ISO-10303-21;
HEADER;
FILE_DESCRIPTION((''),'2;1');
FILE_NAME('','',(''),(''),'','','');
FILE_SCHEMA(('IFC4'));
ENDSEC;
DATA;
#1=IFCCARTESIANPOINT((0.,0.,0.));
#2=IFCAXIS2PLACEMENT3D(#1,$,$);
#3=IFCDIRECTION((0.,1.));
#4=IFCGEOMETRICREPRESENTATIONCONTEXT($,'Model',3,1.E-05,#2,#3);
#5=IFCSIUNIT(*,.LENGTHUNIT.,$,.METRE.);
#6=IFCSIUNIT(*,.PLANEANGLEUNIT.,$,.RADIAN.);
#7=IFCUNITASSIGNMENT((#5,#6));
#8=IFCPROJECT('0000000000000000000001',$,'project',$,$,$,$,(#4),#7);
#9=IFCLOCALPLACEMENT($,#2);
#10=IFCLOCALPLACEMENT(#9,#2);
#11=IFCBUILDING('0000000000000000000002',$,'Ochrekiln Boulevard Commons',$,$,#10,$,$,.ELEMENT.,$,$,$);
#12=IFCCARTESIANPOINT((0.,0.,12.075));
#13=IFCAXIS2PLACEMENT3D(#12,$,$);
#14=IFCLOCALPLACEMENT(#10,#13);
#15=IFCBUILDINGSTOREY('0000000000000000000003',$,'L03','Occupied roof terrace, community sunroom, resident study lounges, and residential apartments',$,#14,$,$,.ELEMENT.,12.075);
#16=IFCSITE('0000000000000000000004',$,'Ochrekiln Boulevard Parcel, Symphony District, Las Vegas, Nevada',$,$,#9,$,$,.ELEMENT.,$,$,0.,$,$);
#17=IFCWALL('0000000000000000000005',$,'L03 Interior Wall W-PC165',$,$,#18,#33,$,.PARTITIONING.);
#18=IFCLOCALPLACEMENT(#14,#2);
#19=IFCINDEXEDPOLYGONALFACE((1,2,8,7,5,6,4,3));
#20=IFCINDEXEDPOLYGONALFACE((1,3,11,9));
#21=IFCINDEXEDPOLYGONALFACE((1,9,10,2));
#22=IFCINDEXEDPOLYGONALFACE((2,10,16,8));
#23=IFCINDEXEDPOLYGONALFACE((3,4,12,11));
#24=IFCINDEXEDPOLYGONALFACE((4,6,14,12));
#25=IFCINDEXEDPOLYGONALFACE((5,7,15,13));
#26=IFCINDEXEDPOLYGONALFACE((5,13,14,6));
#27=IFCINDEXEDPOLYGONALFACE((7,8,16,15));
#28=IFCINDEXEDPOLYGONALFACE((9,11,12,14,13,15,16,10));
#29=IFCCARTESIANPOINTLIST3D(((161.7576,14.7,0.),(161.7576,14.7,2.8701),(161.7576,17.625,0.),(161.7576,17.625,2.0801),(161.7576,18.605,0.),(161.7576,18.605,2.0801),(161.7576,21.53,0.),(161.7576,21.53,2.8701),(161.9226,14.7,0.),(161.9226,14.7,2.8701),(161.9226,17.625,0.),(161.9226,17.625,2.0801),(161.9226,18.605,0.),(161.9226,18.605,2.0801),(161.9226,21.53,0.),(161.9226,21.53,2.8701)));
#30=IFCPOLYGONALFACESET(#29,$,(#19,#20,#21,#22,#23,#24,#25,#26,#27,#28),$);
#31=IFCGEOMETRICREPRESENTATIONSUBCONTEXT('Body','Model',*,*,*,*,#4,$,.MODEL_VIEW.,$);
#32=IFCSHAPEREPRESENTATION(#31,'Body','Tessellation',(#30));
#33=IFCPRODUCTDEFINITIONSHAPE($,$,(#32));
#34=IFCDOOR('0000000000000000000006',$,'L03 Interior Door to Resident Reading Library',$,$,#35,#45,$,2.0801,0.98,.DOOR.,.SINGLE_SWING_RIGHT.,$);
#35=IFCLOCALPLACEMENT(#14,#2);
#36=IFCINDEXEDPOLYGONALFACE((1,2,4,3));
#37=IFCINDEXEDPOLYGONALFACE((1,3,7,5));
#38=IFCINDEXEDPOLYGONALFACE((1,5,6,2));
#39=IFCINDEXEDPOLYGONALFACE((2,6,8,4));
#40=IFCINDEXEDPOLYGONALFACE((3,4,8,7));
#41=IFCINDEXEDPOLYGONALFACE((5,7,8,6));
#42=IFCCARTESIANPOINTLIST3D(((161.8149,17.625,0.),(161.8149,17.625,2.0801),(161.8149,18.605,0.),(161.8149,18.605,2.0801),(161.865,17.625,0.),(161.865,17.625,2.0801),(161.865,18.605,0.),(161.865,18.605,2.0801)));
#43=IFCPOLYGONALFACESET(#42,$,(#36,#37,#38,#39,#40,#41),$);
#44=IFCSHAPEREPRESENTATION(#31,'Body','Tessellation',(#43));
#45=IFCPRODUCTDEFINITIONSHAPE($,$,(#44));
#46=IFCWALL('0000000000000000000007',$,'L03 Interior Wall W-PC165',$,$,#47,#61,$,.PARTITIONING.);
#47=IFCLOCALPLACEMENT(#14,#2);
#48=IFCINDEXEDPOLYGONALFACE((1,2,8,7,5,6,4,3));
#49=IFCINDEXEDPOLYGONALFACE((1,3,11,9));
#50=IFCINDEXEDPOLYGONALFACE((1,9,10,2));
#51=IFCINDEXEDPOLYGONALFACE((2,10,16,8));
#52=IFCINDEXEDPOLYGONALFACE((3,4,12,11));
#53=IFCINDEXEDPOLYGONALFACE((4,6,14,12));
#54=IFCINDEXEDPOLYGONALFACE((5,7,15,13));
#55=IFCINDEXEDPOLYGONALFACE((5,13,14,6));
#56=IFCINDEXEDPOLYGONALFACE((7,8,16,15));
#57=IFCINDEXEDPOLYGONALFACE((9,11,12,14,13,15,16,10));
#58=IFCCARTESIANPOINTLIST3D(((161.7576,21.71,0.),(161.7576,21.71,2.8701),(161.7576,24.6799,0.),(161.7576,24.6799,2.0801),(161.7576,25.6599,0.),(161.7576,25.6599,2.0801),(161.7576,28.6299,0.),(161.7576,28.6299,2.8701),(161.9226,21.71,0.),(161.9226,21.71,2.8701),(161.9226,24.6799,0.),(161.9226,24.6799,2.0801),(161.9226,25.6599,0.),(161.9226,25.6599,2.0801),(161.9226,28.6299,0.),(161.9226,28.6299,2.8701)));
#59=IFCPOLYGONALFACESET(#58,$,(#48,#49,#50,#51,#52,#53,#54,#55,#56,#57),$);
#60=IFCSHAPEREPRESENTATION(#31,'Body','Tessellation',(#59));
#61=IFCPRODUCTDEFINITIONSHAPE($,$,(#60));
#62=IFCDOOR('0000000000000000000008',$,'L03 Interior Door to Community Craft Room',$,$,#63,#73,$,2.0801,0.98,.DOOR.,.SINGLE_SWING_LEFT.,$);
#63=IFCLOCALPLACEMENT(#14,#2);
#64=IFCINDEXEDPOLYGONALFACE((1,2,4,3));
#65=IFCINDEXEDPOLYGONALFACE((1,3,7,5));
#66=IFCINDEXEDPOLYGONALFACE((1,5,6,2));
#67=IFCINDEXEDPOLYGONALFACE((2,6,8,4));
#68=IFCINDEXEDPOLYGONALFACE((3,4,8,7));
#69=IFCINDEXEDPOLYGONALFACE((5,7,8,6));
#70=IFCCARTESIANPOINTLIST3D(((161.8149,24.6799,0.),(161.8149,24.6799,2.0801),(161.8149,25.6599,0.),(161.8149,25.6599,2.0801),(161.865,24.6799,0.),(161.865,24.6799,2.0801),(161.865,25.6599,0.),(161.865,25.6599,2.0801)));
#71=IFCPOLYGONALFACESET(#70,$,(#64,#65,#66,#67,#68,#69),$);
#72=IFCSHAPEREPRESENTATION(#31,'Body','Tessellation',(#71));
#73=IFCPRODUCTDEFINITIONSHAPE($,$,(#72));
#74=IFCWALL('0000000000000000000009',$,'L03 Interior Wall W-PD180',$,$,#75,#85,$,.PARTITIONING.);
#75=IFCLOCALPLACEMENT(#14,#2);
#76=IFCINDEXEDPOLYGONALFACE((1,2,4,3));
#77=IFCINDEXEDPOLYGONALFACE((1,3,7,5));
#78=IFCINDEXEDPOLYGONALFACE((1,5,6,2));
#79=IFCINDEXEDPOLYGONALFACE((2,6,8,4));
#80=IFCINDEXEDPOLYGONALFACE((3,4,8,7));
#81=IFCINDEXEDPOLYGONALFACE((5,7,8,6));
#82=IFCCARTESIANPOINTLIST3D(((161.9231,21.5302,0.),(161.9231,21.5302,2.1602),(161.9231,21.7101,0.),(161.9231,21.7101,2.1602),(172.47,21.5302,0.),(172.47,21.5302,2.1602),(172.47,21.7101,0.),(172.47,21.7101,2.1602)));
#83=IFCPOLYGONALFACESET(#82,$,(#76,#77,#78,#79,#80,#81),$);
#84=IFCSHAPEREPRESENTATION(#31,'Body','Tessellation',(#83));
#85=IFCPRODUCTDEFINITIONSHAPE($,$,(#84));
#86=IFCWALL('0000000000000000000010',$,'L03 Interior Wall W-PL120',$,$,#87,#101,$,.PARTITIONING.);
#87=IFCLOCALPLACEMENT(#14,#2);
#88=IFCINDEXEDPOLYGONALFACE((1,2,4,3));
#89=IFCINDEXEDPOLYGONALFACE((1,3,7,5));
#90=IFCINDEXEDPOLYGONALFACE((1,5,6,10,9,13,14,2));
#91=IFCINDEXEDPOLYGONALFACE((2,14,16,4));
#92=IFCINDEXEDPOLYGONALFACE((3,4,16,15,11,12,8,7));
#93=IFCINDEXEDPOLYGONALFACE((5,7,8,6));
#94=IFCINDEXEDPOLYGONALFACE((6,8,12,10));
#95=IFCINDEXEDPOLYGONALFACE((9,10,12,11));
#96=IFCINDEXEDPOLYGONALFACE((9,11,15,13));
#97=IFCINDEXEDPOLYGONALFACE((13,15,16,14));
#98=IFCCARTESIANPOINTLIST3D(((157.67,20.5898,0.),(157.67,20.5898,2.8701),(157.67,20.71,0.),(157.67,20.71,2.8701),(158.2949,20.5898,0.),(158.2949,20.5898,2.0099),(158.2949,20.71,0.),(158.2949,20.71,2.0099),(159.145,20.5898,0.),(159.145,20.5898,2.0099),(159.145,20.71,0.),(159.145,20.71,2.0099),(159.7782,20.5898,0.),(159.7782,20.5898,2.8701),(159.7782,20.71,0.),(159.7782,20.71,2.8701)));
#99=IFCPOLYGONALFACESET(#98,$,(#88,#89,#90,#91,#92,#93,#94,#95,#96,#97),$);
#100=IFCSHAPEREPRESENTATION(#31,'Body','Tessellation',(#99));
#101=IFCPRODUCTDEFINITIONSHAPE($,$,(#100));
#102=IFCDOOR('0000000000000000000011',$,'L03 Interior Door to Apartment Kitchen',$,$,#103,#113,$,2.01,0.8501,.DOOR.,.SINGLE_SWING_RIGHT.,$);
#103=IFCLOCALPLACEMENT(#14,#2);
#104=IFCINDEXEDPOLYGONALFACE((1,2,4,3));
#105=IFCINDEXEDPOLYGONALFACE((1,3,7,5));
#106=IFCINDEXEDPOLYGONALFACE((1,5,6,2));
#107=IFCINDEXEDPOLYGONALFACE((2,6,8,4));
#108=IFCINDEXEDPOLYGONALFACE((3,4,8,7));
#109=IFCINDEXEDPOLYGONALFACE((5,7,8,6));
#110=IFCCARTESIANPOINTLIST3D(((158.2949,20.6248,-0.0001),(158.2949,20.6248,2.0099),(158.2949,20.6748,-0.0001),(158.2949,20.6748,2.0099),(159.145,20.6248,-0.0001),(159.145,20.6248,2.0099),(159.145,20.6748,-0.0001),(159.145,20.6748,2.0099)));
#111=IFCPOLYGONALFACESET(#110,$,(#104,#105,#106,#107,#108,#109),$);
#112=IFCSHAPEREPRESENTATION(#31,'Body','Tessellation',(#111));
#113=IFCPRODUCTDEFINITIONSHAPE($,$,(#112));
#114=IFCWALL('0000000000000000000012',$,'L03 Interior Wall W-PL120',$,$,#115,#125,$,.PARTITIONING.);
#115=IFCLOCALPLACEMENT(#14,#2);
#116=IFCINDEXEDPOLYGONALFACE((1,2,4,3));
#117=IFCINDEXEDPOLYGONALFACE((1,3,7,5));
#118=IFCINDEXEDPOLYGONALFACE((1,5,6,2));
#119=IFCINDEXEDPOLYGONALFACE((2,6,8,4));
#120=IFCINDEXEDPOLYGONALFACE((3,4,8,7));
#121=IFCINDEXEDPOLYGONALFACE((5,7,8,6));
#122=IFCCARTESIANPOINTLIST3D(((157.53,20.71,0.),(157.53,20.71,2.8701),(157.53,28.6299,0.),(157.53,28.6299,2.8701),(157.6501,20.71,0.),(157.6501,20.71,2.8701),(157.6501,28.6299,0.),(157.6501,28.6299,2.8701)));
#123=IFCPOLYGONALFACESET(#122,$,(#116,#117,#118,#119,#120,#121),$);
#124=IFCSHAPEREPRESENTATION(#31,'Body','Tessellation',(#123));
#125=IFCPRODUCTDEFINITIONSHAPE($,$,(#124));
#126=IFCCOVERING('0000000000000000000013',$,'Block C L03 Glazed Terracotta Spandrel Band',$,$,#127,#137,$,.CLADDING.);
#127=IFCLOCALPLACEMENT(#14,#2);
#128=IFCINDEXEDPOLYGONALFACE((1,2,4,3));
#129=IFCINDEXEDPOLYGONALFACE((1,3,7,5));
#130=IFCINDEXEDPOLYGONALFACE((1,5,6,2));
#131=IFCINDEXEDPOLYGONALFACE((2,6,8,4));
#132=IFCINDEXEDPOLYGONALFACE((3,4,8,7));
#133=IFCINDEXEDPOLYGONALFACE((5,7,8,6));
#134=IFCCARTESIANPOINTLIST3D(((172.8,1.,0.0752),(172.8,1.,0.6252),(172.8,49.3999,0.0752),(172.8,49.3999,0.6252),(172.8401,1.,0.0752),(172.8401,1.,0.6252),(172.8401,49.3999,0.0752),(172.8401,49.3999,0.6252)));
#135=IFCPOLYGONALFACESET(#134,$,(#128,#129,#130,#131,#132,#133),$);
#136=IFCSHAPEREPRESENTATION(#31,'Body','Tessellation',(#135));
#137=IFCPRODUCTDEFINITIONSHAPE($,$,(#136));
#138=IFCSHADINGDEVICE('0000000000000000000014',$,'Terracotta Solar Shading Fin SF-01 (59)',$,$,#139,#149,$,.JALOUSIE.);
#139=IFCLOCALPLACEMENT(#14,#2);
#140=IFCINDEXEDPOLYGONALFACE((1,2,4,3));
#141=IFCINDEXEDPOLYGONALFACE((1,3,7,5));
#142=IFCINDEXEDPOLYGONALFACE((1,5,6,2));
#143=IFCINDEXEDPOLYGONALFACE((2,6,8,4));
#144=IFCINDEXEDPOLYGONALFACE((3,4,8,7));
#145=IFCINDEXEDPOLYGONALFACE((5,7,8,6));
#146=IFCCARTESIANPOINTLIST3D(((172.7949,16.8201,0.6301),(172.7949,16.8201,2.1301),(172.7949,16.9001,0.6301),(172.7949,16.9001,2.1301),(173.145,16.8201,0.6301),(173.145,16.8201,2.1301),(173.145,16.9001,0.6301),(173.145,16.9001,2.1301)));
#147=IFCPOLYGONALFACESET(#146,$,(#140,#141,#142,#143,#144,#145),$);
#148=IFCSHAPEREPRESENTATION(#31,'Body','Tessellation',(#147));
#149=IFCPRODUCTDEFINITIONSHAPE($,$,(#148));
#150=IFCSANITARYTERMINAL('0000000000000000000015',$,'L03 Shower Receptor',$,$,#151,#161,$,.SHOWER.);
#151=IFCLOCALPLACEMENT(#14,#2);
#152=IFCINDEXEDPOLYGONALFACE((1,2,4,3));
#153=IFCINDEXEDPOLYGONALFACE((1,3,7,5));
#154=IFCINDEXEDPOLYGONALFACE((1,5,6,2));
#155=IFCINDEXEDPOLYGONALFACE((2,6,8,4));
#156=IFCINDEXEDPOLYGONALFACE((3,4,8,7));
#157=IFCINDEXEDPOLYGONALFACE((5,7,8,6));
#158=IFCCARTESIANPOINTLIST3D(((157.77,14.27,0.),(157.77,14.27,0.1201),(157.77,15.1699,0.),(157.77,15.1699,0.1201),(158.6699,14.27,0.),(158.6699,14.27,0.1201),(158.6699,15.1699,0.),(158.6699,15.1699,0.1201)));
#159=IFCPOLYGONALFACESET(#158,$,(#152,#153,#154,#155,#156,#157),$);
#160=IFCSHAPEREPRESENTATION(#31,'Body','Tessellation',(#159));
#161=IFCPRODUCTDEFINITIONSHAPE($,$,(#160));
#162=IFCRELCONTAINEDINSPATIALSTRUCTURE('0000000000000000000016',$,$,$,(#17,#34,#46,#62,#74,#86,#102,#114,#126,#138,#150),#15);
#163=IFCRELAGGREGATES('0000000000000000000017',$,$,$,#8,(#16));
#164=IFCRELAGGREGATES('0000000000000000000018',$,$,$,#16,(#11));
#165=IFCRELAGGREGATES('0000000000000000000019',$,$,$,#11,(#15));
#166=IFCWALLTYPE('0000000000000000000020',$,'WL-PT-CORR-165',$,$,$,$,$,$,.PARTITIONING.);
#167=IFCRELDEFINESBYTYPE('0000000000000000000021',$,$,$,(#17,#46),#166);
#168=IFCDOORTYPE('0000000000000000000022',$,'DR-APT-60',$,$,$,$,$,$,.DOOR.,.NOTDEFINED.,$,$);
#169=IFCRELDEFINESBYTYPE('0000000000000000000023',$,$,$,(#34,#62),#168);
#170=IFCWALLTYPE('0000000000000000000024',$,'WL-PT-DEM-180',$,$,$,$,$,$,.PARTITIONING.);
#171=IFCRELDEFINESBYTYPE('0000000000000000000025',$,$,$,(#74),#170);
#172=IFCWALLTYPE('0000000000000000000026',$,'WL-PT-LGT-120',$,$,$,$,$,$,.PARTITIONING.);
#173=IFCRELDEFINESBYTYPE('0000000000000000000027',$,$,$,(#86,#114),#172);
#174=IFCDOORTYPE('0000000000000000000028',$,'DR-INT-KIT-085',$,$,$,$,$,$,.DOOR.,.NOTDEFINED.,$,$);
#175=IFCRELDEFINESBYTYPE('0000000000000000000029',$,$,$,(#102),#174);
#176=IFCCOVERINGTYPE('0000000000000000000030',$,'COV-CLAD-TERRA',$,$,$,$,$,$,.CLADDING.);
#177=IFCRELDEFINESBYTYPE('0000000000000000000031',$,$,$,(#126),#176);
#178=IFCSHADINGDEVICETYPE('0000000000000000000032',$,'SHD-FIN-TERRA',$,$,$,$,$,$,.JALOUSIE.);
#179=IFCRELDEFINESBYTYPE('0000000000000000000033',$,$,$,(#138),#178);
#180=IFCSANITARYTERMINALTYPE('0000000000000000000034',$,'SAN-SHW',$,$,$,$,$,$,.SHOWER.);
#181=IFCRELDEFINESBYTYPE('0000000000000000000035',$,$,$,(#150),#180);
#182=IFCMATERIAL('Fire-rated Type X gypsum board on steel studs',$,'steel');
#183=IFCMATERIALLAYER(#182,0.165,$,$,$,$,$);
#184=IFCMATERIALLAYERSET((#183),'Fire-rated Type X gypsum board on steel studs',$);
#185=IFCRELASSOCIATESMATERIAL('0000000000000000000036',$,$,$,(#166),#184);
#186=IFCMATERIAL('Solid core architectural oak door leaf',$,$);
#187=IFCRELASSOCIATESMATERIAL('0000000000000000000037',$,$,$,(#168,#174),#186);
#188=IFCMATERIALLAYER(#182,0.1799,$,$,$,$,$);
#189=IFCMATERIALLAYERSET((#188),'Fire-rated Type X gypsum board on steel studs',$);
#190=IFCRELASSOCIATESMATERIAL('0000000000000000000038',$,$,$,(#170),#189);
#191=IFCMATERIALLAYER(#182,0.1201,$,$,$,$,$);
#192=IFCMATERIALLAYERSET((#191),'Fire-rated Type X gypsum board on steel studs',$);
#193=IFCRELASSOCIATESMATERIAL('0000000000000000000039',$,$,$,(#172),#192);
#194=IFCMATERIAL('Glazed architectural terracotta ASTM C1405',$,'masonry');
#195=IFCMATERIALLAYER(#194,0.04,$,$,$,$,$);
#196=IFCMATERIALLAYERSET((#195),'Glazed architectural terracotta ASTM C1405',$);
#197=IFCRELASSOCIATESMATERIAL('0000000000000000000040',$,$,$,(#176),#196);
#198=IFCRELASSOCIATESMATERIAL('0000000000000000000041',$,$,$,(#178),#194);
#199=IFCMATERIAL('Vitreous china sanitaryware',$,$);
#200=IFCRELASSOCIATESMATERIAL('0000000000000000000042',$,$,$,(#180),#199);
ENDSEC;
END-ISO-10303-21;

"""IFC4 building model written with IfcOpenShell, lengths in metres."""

from ifc_helpers import new_model, si_unit, direction, frame, frame_2d, origin, origin_2d, place, context, subcontext, project, spatial, rectangle, extrude, material, layer, layer_set, type_object, element, fill, save


model = new_model("IFC4")

# Units and contexts
model_context = context("Model", 3, precision=1e-05, world=origin(), true_north=direction((0.0, 1.0)))
body_context = subcontext(model_context, "Body", "Model", "MODEL_VIEW")
ifc_project = project(units=[si_unit("LENGTHUNIT", "METRE"), si_unit("PLANEANGLEUNIT", "RADIAN")], contexts=[model_context])

# Site, building, storey
site_placement = place(None, origin())
site = spatial("IfcSite", under=ifc_project, at=site_placement, Name="Ochrekiln Boulevard Parcel, Symphony District, Las Vegas, Nevada", CompositionType="ELEMENT", RefElevation=0.0)
building_placement = place(site_placement, origin())
building = spatial("IfcBuilding", under=site, at=building_placement, Name="Ochrekiln Boulevard Commons", CompositionType="ELEMENT")
storey_placement = place(building_placement, frame((0.0, 0.0, 12.075)))
storey = spatial("IfcBuildingStorey", under=building, at=storey_placement, Name="L03", Description="Occupied roof terrace, community sunroom, resident study lounges, and residential apartments", CompositionType="ELEMENT", Elevation=12.075)

# Shared definitions
ifc_material_1 = material(Name="Solid core architectural oak door leaf")
ifc_material_2 = material(Name="Fire-rated Type X gypsum board on steel studs", Category="steel")
ifc_layer_1 = layer(ifc_material_2, 0.165)
ifc_layer_set_1 = layer_set([ifc_layer_1], Name="Fire-rated Type X gypsum board on steel studs")
wall_type_1 = type_object("IfcWallType", Name="WL-PT-CORR-165", PredefinedType="PARTITIONING", material=ifc_layer_set_1)

# Walls, openings, doors
wall_1_placement = place(storey_placement, frame((161.8401, 14.7, 0.0), z_axis=(0.0, 0.0, 1.0), x_axis=(0.0, 1.0, 0.0)))
wall_1 = element("IfcWall", 1, at=wall_1_placement, inside=storey, type_object=wall_type_1, Name="L03 Interior Wall W-PC165", PredefinedType="PARTITIONING", context=body_context, shape_type="SweptSolid", body=[
    extrude(rectangle(XDim=6.8301, YDim=0.165, at=frame_2d((3.415, 0.0))), origin(), (0.0, 0.0, 1.0), 2.8701),
])
opening_1_placement = place(wall_1_placement, frame((2.925, 0.0, 0.0)))
opening_1 = element("IfcOpeningElement", 2, at=opening_1_placement, cuts=wall_1, PredefinedType="OPENING", context=body_context, shape_type="SweptSolid", body=[
    extrude(rectangle(XDim=0.98, YDim=2.0801, at=frame_2d((0.49, 1.04))), frame((0.0, 0.0925, 0.0), z_axis=(0.0, -1.0, 0.0), x_axis=(1.0, 0.0, 0.0)), (0.0, 0.0, 1.0), 0.1851),
])
door_type_1 = type_object("IfcDoorType", Name="DR-APT-60", OperationType="NOTDEFINED", PredefinedType="DOOR", material=ifc_material_1)
door_1_placement = place(opening_1_placement, frame((0.98, 0.0, 0.0), z_axis=(0.0, 0.0, 1.0), x_axis=(-1.0, 0.0, 0.0)))
door_1 = element("IfcDoor", 3, at=door_1_placement, inside=storey, type_object=door_type_1, Name="L03 Interior Door to Resident Reading Library", OperationType="SINGLE_SWING_RIGHT", OverallHeight=2.0801, OverallWidth=0.98, PredefinedType="DOOR", context=body_context, shape_type="SweptSolid", body=[
    extrude(rectangle(XDim=0.98, YDim=2.0801, at=frame_2d((0.49, 1.04))), frame((0.0, 0.0249, 0.0), z_axis=(0.0, -1.0, 0.0), x_axis=(1.0, 0.0, 0.0)), (0.0, 0.0, 1.0), 0.05),
])
fill(opening_1, door_1)
wall_2_placement = place(storey_placement, frame((161.8401, 21.71, 0.0), z_axis=(0.0, 0.0, 1.0), x_axis=(0.0, 1.0, 0.0)))
wall_2 = element("IfcWall", 4, at=wall_2_placement, inside=storey, type_object=wall_type_1, Name="L03 Interior Wall W-PC165", PredefinedType="PARTITIONING", context=body_context, shape_type="SweptSolid", body=[
    extrude(rectangle(XDim=6.9199, YDim=0.165, at=frame_2d((3.46, 0.0))), origin(), (0.0, 0.0, 1.0), 2.8701),
])
opening_2_placement = place(wall_2_placement, frame((2.97, 0.0, 0.0)))
opening_2 = element("IfcOpeningElement", 5, at=opening_2_placement, cuts=wall_2, PredefinedType="OPENING", context=body_context, shape_type="SweptSolid", body=[
    extrude(rectangle(XDim=0.98, YDim=2.0801, at=frame_2d((0.49, 1.04))), frame((0.0, 0.0925, 0.0), z_axis=(0.0, -1.0, 0.0), x_axis=(1.0, 0.0, 0.0)), (0.0, 0.0, 1.0), 0.1851),
])
door_2_placement = place(opening_2_placement, frame((0.98, 0.0, 0.0), z_axis=(0.0, 0.0, 1.0), x_axis=(-1.0, 0.0, 0.0)))
door_2 = element("IfcDoor", 6, at=door_2_placement, inside=storey, type_object=door_type_1, Name="L03 Interior Door to Community Craft Room", OperationType="SINGLE_SWING_LEFT", OverallHeight=2.0801, OverallWidth=0.98, PredefinedType="DOOR", context=body_context, shape_type="SweptSolid", body=[
    extrude(rectangle(XDim=0.98, YDim=2.0801, at=frame_2d((0.49, 1.04))), frame((0.0, 0.0249, 0.0), z_axis=(0.0, -1.0, 0.0), x_axis=(1.0, 0.0, 0.0)), (0.0, 0.0, 1.0), 0.05),
])
fill(opening_2, door_2)

# Wall
ifc_layer_2 = layer(ifc_material_2, 0.1799)
ifc_layer_set_2 = layer_set([ifc_layer_2], Name="Fire-rated Type X gypsum board on steel studs")
wall_type_2 = type_object("IfcWallType", Name="WL-PT-DEM-180", PredefinedType="PARTITIONING", material=ifc_layer_set_2)
wall_3_placement = place(storey_placement, frame((161.9231, 21.6201, 0.0), z_axis=(0.0, 0.0, 1.0), x_axis=(1.0, 0.0, 0.0)))
element("IfcWall", 7, at=wall_3_placement, inside=storey, type_object=wall_type_2, Name="L03 Interior Wall W-PD180", PredefinedType="PARTITIONING", context=body_context, shape_type="SweptSolid", body=[
    extrude(rectangle(XDim=10.5469, YDim=0.1799, at=frame_2d((5.2734, 0.0))), origin(), (0.0, 0.0, 1.0), 2.1602),
])

# Wall, opening, door
ifc_layer_3 = layer(ifc_material_2, 0.1201)
ifc_layer_set_3 = layer_set([ifc_layer_3], Name="Fire-rated Type X gypsum board on steel studs")
wall_type_3 = type_object("IfcWallType", Name="WL-PT-LGT-120", PredefinedType="PARTITIONING", material=ifc_layer_set_3)
wall_4_placement = place(storey_placement, frame((157.6699, 20.6499, 0.0), z_axis=(0.0, 0.0, 1.0), x_axis=(1.0, 0.0, 0.0)))
wall_4 = element("IfcWall", 8, at=wall_4_placement, inside=storey, type_object=wall_type_3, Name="L03 Interior Wall W-PL120", PredefinedType="PARTITIONING", context=body_context, shape_type="SweptSolid", body=[
    extrude(rectangle(XDim=2.1082, YDim=0.1201, at=frame_2d((1.0542, 0.0))), origin(), (0.0, 0.0, 1.0), 2.8701),
])
opening_3_placement = place(wall_4_placement, frame((0.625, 0.0, 0.0)))
opening_3 = element("IfcOpeningElement", 9, at=opening_3_placement, cuts=wall_4, PredefinedType="OPENING", context=body_context, shape_type="SweptSolid", body=[
    extrude(rectangle(XDim=0.8501, YDim=2.01, at=frame_2d((0.425, 1.0049))), frame((0.0, 0.0701, 0.0), z_axis=(0.0, -1.0, 0.0), x_axis=(1.0, 0.0, 0.0)), (0.0, 0.0, 1.0), 0.1401),
])
door_type_2 = type_object("IfcDoorType", Name="DR-INT-KIT-085", OperationType="NOTDEFINED", PredefinedType="DOOR", material=ifc_material_1)
door_3_placement = place(opening_3_placement, origin())
door_3 = element("IfcDoor", 10, at=door_3_placement, inside=storey, type_object=door_type_2, Name="L03 Interior Door to Apartment Kitchen", OperationType="SINGLE_SWING_RIGHT", OverallHeight=2.01, OverallWidth=0.8501, PredefinedType="DOOR", context=body_context, shape_type="SweptSolid", body=[
    extrude(rectangle(XDim=0.8501, YDim=2.01, at=frame_2d((0.425, 1.0049))), frame((0.0, 0.0249, 0.0), z_axis=(0.0, -1.0, 0.0), x_axis=(1.0, 0.0, 0.0)), (0.0, 0.0, 1.0), 0.05),
])
fill(opening_3, door_3)

# Wall
wall_5_placement = place(storey_placement, frame((157.5901, 20.71, 0.0), z_axis=(0.0, 0.0, 1.0), x_axis=(0.0, 1.0, 0.0)))
element("IfcWall", 11, at=wall_5_placement, inside=storey, type_object=wall_type_3, Name="L03 Interior Wall W-PL120", PredefinedType="PARTITIONING", context=body_context, shape_type="SweptSolid", body=[
    extrude(rectangle(XDim=7.9199, YDim=0.1201, at=frame_2d((3.96, 0.0))), origin(), (0.0, 0.0, 1.0), 2.8701),
])

# Covering
ifc_material_3 = material(Name="Glazed architectural terracotta ASTM C1405", Category="masonry")
ifc_layer_4 = layer(ifc_material_3, 0.04)
ifc_layer_set_4 = layer_set([ifc_layer_4], Name="Glazed architectural terracotta ASTM C1405")
covering_type = type_object("IfcCoveringType", Name="COV-CLAD-TERRA", PredefinedType="CLADDING", material=ifc_layer_set_4)
covering_placement = place(storey_placement, frame((172.8201, 25.2, 0.0752), z_axis=(0.0, 0.0, 1.0), x_axis=(1.0, 0.0, 0.0)))
element("IfcCovering", 12, at=covering_placement, inside=storey, type_object=covering_type, Name="Block C L03 Glazed Terracotta Spandrel Band", PredefinedType="CLADDING", context=body_context, shape_type="SweptSolid", body=[
    extrude(rectangle(XDim=0.04, YDim=48.3999, at=origin_2d()), origin(), (0.0, 0.0, 1.0), 0.55),
])

# Shading device
shading_device_type = type_object("IfcShadingDeviceType", Name="SHD-FIN-TERRA", PredefinedType="JALOUSIE", material=ifc_material_3)
shading_device_placement = place(storey_placement, frame((172.97, 16.8601, 0.6301), z_axis=(0.0, 0.0, 1.0), x_axis=(1.0, 0.0, 0.0)))
element("IfcShadingDevice", 13, at=shading_device_placement, inside=storey, type_object=shading_device_type, Name="Terracotta Solar Shading Fin SF-01 (59)", PredefinedType="JALOUSIE", context=body_context, shape_type="SweptSolid", body=[
    extrude(rectangle(XDim=0.3501, YDim=0.0801, at=origin_2d()), origin(), (0.0, 0.0, 1.0), 1.5),
])

# Sanitary terminal
ifc_material_4 = material(Name="Vitreous china sanitaryware")
sanitary_terminal_type = type_object("IfcSanitaryTerminalType", Name="SAN-SHW", PredefinedType="SHOWER", material=ifc_material_4)
sanitary_terminal_placement = place(storey_placement, frame((158.22, 14.72, 0.0), z_axis=(0.0, 0.0, 1.0), x_axis=(1.0, 0.0, 0.0)))
element("IfcSanitaryTerminal", 14, at=sanitary_terminal_placement, inside=storey, type_object=sanitary_terminal_type, Name="L03 Shower Receptor", PredefinedType="SHOWER", context=body_context, shape_type="SweptSolid", body=[
    extrude(rectangle(XDim=0.8999, YDim=0.8999, at=origin_2d()), origin(), (0.0, 0.0, 1.0), 0.1201),
])

save(model, "model.ifc")
